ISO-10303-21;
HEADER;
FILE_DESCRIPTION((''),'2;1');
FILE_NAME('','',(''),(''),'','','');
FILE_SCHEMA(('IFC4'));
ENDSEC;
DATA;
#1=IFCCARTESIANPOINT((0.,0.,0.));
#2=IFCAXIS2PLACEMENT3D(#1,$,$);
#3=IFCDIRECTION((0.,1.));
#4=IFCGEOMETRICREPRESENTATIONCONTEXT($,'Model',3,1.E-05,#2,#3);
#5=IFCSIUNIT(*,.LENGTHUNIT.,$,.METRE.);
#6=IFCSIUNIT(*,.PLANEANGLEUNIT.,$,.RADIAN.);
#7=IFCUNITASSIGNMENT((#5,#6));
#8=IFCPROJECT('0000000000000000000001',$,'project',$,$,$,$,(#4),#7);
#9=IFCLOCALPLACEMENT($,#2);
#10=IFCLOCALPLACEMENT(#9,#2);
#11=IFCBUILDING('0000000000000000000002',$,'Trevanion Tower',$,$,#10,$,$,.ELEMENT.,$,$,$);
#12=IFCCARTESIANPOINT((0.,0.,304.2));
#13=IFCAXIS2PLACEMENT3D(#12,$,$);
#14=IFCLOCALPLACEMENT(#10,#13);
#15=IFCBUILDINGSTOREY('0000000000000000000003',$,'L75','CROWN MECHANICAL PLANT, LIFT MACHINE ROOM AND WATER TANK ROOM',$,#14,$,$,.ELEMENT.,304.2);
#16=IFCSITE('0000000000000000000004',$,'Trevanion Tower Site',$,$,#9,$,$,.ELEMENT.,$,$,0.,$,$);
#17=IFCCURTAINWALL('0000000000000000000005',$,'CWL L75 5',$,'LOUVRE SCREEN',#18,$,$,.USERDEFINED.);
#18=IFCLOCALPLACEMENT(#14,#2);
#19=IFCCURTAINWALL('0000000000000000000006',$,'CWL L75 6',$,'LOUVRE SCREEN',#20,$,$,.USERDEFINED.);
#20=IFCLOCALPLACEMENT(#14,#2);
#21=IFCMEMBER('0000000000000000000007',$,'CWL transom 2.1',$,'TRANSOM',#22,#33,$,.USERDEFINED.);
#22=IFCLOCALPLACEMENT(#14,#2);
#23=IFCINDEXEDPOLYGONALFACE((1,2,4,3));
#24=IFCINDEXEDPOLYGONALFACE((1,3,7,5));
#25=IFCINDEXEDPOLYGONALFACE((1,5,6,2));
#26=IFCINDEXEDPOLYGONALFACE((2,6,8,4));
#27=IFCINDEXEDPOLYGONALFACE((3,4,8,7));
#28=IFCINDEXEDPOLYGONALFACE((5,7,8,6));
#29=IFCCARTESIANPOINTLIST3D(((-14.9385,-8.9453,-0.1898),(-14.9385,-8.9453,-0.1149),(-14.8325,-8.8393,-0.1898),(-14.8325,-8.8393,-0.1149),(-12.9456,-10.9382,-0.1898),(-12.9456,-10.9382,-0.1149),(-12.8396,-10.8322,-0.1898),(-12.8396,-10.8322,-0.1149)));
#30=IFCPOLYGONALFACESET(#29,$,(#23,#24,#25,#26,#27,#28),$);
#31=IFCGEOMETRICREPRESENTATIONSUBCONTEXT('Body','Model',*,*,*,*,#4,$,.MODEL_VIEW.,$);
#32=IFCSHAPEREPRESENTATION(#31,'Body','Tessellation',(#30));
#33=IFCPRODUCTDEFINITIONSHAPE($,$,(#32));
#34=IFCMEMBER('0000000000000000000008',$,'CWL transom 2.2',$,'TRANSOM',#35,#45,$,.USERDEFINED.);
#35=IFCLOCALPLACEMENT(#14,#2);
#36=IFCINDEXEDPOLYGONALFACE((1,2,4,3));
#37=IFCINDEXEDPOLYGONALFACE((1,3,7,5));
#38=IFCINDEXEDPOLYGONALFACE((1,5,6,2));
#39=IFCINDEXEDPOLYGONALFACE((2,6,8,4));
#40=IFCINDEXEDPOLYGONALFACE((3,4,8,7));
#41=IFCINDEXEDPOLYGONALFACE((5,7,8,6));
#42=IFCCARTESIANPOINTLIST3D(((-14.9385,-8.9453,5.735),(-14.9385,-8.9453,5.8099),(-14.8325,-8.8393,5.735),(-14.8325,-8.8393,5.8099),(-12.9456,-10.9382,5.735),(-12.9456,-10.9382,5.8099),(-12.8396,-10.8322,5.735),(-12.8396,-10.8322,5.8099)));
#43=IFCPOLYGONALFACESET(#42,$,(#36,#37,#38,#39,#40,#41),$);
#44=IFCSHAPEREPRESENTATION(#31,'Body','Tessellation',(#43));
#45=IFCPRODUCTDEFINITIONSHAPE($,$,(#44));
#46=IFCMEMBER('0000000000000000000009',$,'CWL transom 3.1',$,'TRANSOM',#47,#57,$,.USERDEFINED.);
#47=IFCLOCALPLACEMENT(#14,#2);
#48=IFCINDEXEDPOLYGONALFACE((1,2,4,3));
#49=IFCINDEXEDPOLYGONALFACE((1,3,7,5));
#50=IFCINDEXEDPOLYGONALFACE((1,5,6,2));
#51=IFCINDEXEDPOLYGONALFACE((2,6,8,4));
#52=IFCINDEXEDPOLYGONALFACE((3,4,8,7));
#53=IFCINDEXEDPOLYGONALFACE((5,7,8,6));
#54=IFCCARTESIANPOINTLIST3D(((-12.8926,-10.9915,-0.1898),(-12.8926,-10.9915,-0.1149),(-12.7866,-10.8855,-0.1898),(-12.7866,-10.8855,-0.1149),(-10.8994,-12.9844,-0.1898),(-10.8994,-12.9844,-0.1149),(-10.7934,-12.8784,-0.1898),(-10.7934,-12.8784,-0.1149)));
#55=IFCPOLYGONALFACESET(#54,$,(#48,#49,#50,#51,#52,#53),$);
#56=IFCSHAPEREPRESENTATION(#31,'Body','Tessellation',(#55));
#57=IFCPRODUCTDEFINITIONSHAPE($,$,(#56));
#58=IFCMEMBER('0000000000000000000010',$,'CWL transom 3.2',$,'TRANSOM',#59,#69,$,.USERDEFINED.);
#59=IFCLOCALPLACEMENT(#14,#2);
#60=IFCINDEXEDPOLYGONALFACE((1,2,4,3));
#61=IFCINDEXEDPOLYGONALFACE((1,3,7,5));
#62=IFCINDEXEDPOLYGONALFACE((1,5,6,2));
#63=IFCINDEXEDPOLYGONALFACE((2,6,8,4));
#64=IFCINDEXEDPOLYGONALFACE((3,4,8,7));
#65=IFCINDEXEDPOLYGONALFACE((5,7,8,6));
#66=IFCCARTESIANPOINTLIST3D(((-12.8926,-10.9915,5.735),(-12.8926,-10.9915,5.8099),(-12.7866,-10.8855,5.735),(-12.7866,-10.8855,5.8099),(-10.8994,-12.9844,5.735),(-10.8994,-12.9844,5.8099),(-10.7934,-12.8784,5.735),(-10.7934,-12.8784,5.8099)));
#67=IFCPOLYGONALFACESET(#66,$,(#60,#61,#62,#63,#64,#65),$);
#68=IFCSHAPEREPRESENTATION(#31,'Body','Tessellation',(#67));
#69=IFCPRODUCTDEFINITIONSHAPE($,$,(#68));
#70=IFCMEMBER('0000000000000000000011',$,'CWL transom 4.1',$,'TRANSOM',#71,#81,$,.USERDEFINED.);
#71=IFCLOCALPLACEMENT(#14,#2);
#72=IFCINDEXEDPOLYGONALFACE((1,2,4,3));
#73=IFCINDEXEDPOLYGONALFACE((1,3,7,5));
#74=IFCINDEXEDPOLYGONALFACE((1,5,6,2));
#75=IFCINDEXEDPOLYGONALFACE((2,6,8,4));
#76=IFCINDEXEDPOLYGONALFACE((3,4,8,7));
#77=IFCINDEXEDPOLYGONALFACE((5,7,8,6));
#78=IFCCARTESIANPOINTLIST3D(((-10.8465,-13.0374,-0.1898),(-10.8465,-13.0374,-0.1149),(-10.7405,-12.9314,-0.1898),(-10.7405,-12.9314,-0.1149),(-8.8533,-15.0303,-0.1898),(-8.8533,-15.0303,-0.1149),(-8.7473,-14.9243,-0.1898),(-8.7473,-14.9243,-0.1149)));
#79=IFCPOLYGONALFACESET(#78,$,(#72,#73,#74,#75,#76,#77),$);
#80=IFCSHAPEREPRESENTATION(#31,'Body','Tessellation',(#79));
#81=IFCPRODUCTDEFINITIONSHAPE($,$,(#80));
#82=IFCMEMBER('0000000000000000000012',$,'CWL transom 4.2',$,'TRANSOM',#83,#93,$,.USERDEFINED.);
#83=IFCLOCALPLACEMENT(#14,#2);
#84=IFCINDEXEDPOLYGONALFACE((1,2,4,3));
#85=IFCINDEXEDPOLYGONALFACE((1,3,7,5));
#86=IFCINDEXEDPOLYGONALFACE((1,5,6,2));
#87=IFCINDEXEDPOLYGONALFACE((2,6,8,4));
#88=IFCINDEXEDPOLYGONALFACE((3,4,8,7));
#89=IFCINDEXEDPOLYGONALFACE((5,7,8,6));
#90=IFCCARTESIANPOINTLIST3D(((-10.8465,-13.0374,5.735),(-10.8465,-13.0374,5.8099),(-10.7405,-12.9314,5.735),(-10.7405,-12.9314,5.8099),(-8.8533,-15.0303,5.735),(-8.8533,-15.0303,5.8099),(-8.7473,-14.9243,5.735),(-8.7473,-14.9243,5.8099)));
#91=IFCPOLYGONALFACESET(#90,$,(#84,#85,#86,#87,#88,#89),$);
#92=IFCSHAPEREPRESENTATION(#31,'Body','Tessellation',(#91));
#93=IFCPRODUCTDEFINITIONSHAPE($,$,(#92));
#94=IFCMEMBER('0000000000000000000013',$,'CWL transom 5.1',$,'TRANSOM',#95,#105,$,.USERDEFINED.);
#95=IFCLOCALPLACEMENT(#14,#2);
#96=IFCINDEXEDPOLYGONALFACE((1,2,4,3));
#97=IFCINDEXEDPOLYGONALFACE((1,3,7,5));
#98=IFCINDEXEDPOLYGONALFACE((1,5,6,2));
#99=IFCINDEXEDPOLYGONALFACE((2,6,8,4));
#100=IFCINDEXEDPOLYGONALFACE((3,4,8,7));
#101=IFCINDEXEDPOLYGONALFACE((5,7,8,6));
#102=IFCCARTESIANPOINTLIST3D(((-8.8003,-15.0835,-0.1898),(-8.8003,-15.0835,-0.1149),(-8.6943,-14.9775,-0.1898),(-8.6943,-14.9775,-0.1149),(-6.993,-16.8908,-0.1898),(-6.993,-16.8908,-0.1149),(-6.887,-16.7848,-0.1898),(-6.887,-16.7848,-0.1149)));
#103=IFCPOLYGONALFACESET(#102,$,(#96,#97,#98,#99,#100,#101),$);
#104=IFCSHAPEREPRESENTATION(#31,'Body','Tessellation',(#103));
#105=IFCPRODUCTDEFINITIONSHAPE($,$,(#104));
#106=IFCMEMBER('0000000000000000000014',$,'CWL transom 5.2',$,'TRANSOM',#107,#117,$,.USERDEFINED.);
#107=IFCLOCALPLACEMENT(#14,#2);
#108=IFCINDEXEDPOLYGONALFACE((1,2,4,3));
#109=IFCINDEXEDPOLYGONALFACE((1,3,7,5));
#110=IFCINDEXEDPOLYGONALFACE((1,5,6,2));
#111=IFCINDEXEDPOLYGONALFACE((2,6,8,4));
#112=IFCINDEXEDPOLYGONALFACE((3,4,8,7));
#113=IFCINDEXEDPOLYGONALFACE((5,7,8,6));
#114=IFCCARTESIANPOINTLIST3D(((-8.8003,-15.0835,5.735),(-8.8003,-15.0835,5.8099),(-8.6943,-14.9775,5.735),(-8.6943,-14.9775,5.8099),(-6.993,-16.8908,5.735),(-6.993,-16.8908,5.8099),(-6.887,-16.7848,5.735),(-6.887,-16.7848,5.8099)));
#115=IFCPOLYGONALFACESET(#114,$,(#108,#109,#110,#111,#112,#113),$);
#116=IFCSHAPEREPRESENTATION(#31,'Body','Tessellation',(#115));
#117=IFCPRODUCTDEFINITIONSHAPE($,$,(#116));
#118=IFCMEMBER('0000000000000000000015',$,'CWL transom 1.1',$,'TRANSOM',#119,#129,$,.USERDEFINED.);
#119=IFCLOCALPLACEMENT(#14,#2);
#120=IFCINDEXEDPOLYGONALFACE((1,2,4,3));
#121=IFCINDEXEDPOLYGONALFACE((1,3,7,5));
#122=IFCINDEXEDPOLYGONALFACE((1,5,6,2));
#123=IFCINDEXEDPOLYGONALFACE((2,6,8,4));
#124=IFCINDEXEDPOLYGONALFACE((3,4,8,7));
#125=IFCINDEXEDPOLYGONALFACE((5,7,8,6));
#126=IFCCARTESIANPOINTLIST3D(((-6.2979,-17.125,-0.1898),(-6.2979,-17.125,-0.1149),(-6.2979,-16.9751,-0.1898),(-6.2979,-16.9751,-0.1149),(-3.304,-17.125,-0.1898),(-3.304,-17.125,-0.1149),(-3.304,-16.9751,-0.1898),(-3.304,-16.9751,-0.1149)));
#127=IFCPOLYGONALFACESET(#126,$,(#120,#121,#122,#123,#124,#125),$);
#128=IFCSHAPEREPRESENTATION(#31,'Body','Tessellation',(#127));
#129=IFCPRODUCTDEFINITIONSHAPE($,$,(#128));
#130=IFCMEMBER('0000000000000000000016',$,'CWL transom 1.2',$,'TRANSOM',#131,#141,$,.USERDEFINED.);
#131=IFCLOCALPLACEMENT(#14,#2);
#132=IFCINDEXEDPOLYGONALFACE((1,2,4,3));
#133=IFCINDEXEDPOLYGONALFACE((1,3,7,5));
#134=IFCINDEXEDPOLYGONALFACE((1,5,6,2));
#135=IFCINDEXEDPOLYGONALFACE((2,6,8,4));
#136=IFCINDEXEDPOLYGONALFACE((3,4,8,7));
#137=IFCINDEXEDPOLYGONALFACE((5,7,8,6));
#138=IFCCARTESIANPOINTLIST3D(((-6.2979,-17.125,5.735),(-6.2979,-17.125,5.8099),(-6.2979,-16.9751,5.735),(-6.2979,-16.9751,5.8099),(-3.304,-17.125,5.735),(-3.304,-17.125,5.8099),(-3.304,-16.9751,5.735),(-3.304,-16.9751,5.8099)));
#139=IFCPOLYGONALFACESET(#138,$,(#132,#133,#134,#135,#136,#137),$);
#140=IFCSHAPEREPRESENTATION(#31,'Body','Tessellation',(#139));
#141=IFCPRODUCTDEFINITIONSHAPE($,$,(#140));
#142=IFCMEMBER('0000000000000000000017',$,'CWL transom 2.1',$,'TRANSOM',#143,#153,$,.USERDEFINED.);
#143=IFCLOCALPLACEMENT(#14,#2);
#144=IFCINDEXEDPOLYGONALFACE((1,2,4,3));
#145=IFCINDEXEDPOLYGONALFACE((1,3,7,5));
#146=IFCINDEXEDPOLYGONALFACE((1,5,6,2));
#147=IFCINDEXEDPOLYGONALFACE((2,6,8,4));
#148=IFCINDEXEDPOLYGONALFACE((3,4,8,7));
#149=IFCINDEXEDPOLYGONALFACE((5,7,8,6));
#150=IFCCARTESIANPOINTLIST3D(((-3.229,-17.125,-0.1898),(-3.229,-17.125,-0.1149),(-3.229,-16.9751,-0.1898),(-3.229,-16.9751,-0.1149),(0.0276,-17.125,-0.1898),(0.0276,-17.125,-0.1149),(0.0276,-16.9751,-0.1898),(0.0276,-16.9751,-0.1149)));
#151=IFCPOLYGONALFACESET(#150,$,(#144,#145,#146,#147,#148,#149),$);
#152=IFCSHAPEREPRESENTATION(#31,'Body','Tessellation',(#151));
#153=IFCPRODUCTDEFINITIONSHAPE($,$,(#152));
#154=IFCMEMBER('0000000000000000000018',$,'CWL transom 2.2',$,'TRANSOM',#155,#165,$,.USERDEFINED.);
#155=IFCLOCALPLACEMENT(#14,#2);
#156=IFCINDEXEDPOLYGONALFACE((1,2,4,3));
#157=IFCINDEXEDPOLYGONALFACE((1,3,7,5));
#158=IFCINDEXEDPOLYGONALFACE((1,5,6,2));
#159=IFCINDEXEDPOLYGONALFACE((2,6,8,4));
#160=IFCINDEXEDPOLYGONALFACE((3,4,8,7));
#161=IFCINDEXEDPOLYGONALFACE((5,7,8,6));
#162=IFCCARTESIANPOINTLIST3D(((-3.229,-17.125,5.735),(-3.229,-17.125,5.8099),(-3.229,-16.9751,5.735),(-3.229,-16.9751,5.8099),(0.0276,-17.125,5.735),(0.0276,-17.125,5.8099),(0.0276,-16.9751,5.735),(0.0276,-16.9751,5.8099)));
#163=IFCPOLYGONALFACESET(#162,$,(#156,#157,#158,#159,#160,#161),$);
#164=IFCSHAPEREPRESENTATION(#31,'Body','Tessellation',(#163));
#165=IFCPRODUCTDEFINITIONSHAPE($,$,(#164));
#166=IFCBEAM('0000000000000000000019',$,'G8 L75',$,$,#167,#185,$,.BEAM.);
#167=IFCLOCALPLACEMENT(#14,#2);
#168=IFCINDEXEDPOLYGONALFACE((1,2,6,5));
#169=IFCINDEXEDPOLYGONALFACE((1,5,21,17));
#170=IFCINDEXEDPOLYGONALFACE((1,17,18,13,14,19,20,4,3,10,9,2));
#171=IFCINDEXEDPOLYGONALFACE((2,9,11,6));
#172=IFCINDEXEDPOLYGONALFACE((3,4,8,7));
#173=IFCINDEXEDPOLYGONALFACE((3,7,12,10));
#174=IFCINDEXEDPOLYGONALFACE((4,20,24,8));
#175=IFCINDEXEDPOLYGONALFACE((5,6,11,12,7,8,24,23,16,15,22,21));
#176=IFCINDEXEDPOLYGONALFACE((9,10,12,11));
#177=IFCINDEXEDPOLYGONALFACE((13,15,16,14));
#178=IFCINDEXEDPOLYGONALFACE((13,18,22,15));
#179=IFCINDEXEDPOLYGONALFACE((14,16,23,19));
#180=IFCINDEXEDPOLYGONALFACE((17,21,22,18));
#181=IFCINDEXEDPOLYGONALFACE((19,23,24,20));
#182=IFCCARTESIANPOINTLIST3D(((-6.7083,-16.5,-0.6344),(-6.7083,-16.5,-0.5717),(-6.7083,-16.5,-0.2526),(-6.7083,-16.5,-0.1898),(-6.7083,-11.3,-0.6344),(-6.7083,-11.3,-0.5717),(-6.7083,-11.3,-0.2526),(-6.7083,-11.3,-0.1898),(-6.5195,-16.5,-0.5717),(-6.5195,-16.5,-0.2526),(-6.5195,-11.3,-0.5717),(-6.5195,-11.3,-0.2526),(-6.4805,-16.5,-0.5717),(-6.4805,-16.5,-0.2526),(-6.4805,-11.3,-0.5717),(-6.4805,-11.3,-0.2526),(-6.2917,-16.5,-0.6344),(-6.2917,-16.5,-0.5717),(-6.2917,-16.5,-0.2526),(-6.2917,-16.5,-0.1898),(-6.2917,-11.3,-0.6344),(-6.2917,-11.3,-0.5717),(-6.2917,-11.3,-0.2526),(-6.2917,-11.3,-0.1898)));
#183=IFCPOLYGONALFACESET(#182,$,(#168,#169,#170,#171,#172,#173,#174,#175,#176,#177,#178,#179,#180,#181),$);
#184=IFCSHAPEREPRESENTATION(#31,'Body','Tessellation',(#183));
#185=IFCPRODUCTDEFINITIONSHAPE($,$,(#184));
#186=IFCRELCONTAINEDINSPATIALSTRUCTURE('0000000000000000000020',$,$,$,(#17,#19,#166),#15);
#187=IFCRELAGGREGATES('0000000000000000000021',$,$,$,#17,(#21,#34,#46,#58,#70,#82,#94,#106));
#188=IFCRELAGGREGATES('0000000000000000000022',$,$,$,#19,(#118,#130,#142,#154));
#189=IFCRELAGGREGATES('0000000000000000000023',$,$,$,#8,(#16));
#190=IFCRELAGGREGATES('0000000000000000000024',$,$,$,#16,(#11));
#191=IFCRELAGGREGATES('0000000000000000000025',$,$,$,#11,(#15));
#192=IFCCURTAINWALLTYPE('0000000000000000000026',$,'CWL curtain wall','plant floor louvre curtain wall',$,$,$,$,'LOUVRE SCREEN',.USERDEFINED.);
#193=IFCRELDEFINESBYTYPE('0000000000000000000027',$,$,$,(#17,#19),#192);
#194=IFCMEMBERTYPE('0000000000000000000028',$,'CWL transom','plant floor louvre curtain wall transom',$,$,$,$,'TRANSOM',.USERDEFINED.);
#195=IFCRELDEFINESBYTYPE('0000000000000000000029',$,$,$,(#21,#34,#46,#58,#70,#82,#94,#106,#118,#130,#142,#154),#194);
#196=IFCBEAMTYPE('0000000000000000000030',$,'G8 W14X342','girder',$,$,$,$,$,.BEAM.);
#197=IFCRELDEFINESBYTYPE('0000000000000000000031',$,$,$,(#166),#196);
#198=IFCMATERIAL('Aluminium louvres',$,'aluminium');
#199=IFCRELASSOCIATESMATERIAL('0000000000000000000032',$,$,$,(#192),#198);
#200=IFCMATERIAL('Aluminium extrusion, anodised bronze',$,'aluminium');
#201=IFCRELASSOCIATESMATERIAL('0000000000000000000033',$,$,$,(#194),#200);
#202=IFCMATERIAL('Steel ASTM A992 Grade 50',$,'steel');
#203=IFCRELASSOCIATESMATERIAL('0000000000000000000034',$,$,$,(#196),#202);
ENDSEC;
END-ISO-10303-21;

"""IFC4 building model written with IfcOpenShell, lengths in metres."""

from ifc_helpers import new_model, si_unit, direction, frame, origin, origin_2d, place, context, subcontext, project, spatial, rectangle, i_section, extrude, material, material_profile, profile_set, type_object, element, aggregate, save


model = new_model("IFC4")

# Units and contexts
model_context = context("Model", 3, precision=1e-05, world=origin(), true_north=direction((0.0, 1.0)))
body_context = subcontext(model_context, "Body", "Model", "MODEL_VIEW")
ifc_project = project(units=[si_unit("LENGTHUNIT", "METRE"), si_unit("PLANEANGLEUNIT", "RADIAN")], contexts=[model_context])

# Site, building, storey
site_placement = place(None, origin())
site = spatial("IfcSite", under=ifc_project, at=site_placement, Name="Trevanion Tower Site", CompositionType="ELEMENT", RefElevation=0.0)
building_placement = place(site_placement, origin())
building = spatial("IfcBuilding", under=site, at=building_placement, Name="Trevanion Tower", CompositionType="ELEMENT")
storey_placement = place(building_placement, frame((0.0, 0.0, 304.2)))
storey = spatial("IfcBuildingStorey", under=building, at=storey_placement, Name="L75", Description="CROWN MECHANICAL PLANT, LIFT MACHINE ROOM AND WATER TANK ROOM", CompositionType="ELEMENT", Elevation=304.2)

# Curtain wall
ifc_material_1 = material(Name="Aluminium louvres", Category="aluminium")
curtain_wall_type = type_object("IfcCurtainWallType", Name="CWL curtain wall", Description="plant floor louvre curtain wall", ElementType="LOUVRE SCREEN", PredefinedType="USERDEFINED", material=ifc_material_1)
curtain_wall_1_placement = place(storey_placement, origin())
curtain_wall_1 = element("IfcCurtainWall", 1, at=curtain_wall_1_placement, inside=storey, type_object=curtain_wall_type, Name="CWL L75 5", ObjectType="LOUVRE SCREEN", PredefinedType="USERDEFINED")

# Curtain wall
curtain_wall_2_placement = place(storey_placement, origin())
curtain_wall_2 = element("IfcCurtainWall", 2, at=curtain_wall_2_placement, inside=storey, type_object=curtain_wall_type, Name="CWL L75 6", ObjectType="LOUVRE SCREEN", PredefinedType="USERDEFINED")

# Members
ifc_material_2 = material(Name="Aluminium extrusion, anodised bronze", Category="aluminium")
ifc_material_profile_1 = material_profile(ifc_material_2, rectangle(XDim=0.1499, YDim=0.075, at=origin_2d()), Name="CWL transom")
ifc_profile_set_1 = profile_set([ifc_material_profile_1], Name="Aluminium extrusion, anodised bronze")
member_type_1 = type_object("IfcMemberType", Name="CWL transom", Description="plant floor louvre curtain wall transom", ElementType="TRANSOM", PredefinedType="USERDEFINED", material=ifc_profile_set_1)
member_1_placement = place(storey_placement, frame((-14.8855, -8.8923, -0.1523), z_axis=(0.707107, -0.707107, 0.0), x_axis=(0.707107, 0.707107, 0.0)))
member_1 = element("IfcMember", 3, at=member_1_placement, type_object=member_type_1, Name="CWL transom 2.1", ObjectType="TRANSOM", PredefinedType="USERDEFINED", context=body_context, shape_type="SweptSolid", body=[
    extrude(rectangle(XDim=0.1499, YDim=0.075, at=origin_2d()), origin(), (0.0, 0.0, 1.0), 2.8184),
])
member_2_placement = place(storey_placement, frame((-14.8855, -8.8923, 5.7725), z_axis=(0.707107, -0.707107, 0.0), x_axis=(0.707107, 0.707107, 0.0)))
member_2 = element("IfcMember", 4, at=member_2_placement, type_object=member_type_1, Name="CWL transom 2.2", ObjectType="TRANSOM", PredefinedType="USERDEFINED", context=body_context, shape_type="SweptSolid", body=[
    extrude(rectangle(XDim=0.1499, YDim=0.075, at=origin_2d()), origin(), (0.0, 0.0, 1.0), 2.8184),
])
member_3_placement = place(storey_placement, frame((-12.8396, -10.9385, -0.1523), z_axis=(0.70715, -0.707063, 0.0), x_axis=(0.707063, 0.70715, 0.0)))
member_3 = element("IfcMember", 5, at=member_3_placement, type_object=member_type_1, Name="CWL transom 3.1", ObjectType="TRANSOM", PredefinedType="USERDEFINED", context=body_context, shape_type="SweptSolid", body=[
    extrude(rectangle(XDim=0.1499, YDim=0.075, at=origin_2d()), origin(), (0.0, 0.0, 1.0), 2.8186),
])
member_4_placement = place(storey_placement, frame((-12.8396, -10.9385, 5.7725), z_axis=(0.70715, -0.707063, 0.0), x_axis=(0.707063, 0.70715, 0.0)))
member_4 = element("IfcMember", 6, at=member_4_placement, type_object=member_type_1, Name="CWL transom 3.2", ObjectType="TRANSOM", PredefinedType="USERDEFINED", context=body_context, shape_type="SweptSolid", body=[
    extrude(rectangle(XDim=0.1499, YDim=0.075, at=origin_2d()), origin(), (0.0, 0.0, 1.0), 2.8186),
])
member_5_placement = place(storey_placement, frame((-10.7935, -12.9844, -0.1523), z_axis=(0.70715, -0.707063, 0.0), x_axis=(0.707063, 0.70715, 0.0)))
member_5 = element("IfcMember", 7, at=member_5_placement, type_object=member_type_1, Name="CWL transom 4.1", ObjectType="TRANSOM", PredefinedType="USERDEFINED", context=body_context, shape_type="SweptSolid", body=[
    extrude(rectangle(XDim=0.1499, YDim=0.075, at=origin_2d()), origin(), (0.0, 0.0, 1.0), 2.8186),
])
member_6_placement = place(storey_placement, frame((-10.7935, -12.9844, 5.7725), z_axis=(0.70715, -0.707063, 0.0), x_axis=(0.707063, 0.70715, 0.0)))
member_6 = element("IfcMember", 8, at=member_6_placement, type_object=member_type_1, Name="CWL transom 4.2", ObjectType="TRANSOM", PredefinedType="USERDEFINED", context=body_context, shape_type="SweptSolid", body=[
    extrude(rectangle(XDim=0.1499, YDim=0.075, at=origin_2d()), origin(), (0.0, 0.0, 1.0), 2.8186),
])
member_7_placement = place(storey_placement, frame((-8.7473, -15.0305, -0.1523), z_axis=(0.707107, -0.707107, 0.0), x_axis=(0.707107, 0.707107, 0.0)))
member_7 = element("IfcMember", 9, at=member_7_placement, type_object=member_type_1, Name="CWL transom 5.1", ObjectType="TRANSOM", PredefinedType="USERDEFINED", context=body_context, shape_type="SweptSolid", body=[
    extrude(rectangle(XDim=0.1499, YDim=0.075, at=origin_2d()), origin(), (0.0, 0.0, 1.0), 2.5559),
])
member_8_placement = place(storey_placement, frame((-8.7473, -15.0305, 5.7725), z_axis=(0.707107, -0.707107, 0.0), x_axis=(0.707107, 0.707107, 0.0)))
member_8 = element("IfcMember", 10, at=member_8_placement, type_object=member_type_1, Name="CWL transom 5.2", ObjectType="TRANSOM", PredefinedType="USERDEFINED", context=body_context, shape_type="SweptSolid", body=[
    extrude(rectangle(XDim=0.1499, YDim=0.075, at=origin_2d()), origin(), (0.0, 0.0, 1.0), 2.5559),
])
member_9_placement = place(storey_placement, frame((-6.2979, -17.05, -0.1523), z_axis=(1.0, 0.0, 0.0), x_axis=(0.0, 1.0, 0.0)))
member_9 = element("IfcMember", 11, at=member_9_placement, type_object=member_type_1, Name="CWL transom 1.1", ObjectType="TRANSOM", PredefinedType="USERDEFINED", context=body_context, shape_type="SweptSolid", body=[
    extrude(rectangle(XDim=0.1499, YDim=0.075, at=origin_2d()), origin(), (0.0, 0.0, 1.0), 2.9939),
])
member_10_placement = place(storey_placement, frame((-6.2979, -17.05, 5.7725), z_axis=(1.0, 0.0, 0.0), x_axis=(0.0, 1.0, 0.0)))
member_10 = element("IfcMember", 12, at=member_10_placement, type_object=member_type_1, Name="CWL transom 1.2", ObjectType="TRANSOM", PredefinedType="USERDEFINED", context=body_context, shape_type="SweptSolid", body=[
    extrude(rectangle(XDim=0.1499, YDim=0.075, at=origin_2d()), origin(), (0.0, 0.0, 1.0), 2.9939),
])
member_11_placement = place(storey_placement, frame((-3.229, -17.05, -0.1523), z_axis=(1.0, 0.0, 0.0), x_axis=(0.0, 1.0, 0.0)))
member_11 = element("IfcMember", 13, at=member_11_placement, type_object=member_type_1, Name="CWL transom 2.1", ObjectType="TRANSOM", PredefinedType="USERDEFINED", context=body_context, shape_type="SweptSolid", body=[
    extrude(rectangle(XDim=0.1499, YDim=0.075, at=origin_2d()), origin(), (0.0, 0.0, 1.0), 3.2566),
])
member_12_placement = place(storey_placement, frame((-3.229, -17.05, 5.7725), z_axis=(1.0, 0.0, 0.0), x_axis=(0.0, 1.0, 0.0)))
member_12 = element("IfcMember", 14, at=member_12_placement, type_object=member_type_1, Name="CWL transom 2.2", ObjectType="TRANSOM", PredefinedType="USERDEFINED", context=body_context, shape_type="SweptSolid", body=[
    extrude(rectangle(XDim=0.1499, YDim=0.075, at=origin_2d()), origin(), (0.0, 0.0, 1.0), 3.2566),
])

# Beam
ifc_material_3 = material(Name="Steel ASTM A992 Grade 50", Category="steel")
ifc_material_profile_2 = material_profile(ifc_material_3, i_section(OverallWidth=0.4165, OverallDepth=0.4446, WebThickness=0.0391, FlangeThickness=0.0627, at=origin_2d()), Name="W14X342")
ifc_profile_set_2 = profile_set([ifc_material_profile_2], Name="Steel ASTM A992 Grade 50")
beam_type_1 = type_object("IfcBeamType", Name="G8 W14X342", Description="girder", PredefinedType="BEAM", material=ifc_profile_set_2)
beam_1_placement = place(storey_placement, frame((-6.5, -11.3, -0.4121), z_axis=(0.0, -1.0, 0.0), x_axis=(1.0, 0.0, 0.0)))
element("IfcBeam", 15, at=beam_1_placement, inside=storey, type_object=beam_type_1, Name="G8 L75", PredefinedType="BEAM", context=body_context, shape_type="SweptSolid", body=[
    extrude(i_section(OverallWidth=0.4165, OverallDepth=0.4446, WebThickness=0.0391, FlangeThickness=0.0627, at=origin_2d()), origin(), (0.0, 0.0, 1.0), 5.2),
])

aggregate(curtain_wall_1, [member_1, member_2, member_3, member_4, member_5, member_6, member_7, member_8])
aggregate(curtain_wall_2, [member_9, member_10, member_11, member_12])

save(model, "model.ifc")
